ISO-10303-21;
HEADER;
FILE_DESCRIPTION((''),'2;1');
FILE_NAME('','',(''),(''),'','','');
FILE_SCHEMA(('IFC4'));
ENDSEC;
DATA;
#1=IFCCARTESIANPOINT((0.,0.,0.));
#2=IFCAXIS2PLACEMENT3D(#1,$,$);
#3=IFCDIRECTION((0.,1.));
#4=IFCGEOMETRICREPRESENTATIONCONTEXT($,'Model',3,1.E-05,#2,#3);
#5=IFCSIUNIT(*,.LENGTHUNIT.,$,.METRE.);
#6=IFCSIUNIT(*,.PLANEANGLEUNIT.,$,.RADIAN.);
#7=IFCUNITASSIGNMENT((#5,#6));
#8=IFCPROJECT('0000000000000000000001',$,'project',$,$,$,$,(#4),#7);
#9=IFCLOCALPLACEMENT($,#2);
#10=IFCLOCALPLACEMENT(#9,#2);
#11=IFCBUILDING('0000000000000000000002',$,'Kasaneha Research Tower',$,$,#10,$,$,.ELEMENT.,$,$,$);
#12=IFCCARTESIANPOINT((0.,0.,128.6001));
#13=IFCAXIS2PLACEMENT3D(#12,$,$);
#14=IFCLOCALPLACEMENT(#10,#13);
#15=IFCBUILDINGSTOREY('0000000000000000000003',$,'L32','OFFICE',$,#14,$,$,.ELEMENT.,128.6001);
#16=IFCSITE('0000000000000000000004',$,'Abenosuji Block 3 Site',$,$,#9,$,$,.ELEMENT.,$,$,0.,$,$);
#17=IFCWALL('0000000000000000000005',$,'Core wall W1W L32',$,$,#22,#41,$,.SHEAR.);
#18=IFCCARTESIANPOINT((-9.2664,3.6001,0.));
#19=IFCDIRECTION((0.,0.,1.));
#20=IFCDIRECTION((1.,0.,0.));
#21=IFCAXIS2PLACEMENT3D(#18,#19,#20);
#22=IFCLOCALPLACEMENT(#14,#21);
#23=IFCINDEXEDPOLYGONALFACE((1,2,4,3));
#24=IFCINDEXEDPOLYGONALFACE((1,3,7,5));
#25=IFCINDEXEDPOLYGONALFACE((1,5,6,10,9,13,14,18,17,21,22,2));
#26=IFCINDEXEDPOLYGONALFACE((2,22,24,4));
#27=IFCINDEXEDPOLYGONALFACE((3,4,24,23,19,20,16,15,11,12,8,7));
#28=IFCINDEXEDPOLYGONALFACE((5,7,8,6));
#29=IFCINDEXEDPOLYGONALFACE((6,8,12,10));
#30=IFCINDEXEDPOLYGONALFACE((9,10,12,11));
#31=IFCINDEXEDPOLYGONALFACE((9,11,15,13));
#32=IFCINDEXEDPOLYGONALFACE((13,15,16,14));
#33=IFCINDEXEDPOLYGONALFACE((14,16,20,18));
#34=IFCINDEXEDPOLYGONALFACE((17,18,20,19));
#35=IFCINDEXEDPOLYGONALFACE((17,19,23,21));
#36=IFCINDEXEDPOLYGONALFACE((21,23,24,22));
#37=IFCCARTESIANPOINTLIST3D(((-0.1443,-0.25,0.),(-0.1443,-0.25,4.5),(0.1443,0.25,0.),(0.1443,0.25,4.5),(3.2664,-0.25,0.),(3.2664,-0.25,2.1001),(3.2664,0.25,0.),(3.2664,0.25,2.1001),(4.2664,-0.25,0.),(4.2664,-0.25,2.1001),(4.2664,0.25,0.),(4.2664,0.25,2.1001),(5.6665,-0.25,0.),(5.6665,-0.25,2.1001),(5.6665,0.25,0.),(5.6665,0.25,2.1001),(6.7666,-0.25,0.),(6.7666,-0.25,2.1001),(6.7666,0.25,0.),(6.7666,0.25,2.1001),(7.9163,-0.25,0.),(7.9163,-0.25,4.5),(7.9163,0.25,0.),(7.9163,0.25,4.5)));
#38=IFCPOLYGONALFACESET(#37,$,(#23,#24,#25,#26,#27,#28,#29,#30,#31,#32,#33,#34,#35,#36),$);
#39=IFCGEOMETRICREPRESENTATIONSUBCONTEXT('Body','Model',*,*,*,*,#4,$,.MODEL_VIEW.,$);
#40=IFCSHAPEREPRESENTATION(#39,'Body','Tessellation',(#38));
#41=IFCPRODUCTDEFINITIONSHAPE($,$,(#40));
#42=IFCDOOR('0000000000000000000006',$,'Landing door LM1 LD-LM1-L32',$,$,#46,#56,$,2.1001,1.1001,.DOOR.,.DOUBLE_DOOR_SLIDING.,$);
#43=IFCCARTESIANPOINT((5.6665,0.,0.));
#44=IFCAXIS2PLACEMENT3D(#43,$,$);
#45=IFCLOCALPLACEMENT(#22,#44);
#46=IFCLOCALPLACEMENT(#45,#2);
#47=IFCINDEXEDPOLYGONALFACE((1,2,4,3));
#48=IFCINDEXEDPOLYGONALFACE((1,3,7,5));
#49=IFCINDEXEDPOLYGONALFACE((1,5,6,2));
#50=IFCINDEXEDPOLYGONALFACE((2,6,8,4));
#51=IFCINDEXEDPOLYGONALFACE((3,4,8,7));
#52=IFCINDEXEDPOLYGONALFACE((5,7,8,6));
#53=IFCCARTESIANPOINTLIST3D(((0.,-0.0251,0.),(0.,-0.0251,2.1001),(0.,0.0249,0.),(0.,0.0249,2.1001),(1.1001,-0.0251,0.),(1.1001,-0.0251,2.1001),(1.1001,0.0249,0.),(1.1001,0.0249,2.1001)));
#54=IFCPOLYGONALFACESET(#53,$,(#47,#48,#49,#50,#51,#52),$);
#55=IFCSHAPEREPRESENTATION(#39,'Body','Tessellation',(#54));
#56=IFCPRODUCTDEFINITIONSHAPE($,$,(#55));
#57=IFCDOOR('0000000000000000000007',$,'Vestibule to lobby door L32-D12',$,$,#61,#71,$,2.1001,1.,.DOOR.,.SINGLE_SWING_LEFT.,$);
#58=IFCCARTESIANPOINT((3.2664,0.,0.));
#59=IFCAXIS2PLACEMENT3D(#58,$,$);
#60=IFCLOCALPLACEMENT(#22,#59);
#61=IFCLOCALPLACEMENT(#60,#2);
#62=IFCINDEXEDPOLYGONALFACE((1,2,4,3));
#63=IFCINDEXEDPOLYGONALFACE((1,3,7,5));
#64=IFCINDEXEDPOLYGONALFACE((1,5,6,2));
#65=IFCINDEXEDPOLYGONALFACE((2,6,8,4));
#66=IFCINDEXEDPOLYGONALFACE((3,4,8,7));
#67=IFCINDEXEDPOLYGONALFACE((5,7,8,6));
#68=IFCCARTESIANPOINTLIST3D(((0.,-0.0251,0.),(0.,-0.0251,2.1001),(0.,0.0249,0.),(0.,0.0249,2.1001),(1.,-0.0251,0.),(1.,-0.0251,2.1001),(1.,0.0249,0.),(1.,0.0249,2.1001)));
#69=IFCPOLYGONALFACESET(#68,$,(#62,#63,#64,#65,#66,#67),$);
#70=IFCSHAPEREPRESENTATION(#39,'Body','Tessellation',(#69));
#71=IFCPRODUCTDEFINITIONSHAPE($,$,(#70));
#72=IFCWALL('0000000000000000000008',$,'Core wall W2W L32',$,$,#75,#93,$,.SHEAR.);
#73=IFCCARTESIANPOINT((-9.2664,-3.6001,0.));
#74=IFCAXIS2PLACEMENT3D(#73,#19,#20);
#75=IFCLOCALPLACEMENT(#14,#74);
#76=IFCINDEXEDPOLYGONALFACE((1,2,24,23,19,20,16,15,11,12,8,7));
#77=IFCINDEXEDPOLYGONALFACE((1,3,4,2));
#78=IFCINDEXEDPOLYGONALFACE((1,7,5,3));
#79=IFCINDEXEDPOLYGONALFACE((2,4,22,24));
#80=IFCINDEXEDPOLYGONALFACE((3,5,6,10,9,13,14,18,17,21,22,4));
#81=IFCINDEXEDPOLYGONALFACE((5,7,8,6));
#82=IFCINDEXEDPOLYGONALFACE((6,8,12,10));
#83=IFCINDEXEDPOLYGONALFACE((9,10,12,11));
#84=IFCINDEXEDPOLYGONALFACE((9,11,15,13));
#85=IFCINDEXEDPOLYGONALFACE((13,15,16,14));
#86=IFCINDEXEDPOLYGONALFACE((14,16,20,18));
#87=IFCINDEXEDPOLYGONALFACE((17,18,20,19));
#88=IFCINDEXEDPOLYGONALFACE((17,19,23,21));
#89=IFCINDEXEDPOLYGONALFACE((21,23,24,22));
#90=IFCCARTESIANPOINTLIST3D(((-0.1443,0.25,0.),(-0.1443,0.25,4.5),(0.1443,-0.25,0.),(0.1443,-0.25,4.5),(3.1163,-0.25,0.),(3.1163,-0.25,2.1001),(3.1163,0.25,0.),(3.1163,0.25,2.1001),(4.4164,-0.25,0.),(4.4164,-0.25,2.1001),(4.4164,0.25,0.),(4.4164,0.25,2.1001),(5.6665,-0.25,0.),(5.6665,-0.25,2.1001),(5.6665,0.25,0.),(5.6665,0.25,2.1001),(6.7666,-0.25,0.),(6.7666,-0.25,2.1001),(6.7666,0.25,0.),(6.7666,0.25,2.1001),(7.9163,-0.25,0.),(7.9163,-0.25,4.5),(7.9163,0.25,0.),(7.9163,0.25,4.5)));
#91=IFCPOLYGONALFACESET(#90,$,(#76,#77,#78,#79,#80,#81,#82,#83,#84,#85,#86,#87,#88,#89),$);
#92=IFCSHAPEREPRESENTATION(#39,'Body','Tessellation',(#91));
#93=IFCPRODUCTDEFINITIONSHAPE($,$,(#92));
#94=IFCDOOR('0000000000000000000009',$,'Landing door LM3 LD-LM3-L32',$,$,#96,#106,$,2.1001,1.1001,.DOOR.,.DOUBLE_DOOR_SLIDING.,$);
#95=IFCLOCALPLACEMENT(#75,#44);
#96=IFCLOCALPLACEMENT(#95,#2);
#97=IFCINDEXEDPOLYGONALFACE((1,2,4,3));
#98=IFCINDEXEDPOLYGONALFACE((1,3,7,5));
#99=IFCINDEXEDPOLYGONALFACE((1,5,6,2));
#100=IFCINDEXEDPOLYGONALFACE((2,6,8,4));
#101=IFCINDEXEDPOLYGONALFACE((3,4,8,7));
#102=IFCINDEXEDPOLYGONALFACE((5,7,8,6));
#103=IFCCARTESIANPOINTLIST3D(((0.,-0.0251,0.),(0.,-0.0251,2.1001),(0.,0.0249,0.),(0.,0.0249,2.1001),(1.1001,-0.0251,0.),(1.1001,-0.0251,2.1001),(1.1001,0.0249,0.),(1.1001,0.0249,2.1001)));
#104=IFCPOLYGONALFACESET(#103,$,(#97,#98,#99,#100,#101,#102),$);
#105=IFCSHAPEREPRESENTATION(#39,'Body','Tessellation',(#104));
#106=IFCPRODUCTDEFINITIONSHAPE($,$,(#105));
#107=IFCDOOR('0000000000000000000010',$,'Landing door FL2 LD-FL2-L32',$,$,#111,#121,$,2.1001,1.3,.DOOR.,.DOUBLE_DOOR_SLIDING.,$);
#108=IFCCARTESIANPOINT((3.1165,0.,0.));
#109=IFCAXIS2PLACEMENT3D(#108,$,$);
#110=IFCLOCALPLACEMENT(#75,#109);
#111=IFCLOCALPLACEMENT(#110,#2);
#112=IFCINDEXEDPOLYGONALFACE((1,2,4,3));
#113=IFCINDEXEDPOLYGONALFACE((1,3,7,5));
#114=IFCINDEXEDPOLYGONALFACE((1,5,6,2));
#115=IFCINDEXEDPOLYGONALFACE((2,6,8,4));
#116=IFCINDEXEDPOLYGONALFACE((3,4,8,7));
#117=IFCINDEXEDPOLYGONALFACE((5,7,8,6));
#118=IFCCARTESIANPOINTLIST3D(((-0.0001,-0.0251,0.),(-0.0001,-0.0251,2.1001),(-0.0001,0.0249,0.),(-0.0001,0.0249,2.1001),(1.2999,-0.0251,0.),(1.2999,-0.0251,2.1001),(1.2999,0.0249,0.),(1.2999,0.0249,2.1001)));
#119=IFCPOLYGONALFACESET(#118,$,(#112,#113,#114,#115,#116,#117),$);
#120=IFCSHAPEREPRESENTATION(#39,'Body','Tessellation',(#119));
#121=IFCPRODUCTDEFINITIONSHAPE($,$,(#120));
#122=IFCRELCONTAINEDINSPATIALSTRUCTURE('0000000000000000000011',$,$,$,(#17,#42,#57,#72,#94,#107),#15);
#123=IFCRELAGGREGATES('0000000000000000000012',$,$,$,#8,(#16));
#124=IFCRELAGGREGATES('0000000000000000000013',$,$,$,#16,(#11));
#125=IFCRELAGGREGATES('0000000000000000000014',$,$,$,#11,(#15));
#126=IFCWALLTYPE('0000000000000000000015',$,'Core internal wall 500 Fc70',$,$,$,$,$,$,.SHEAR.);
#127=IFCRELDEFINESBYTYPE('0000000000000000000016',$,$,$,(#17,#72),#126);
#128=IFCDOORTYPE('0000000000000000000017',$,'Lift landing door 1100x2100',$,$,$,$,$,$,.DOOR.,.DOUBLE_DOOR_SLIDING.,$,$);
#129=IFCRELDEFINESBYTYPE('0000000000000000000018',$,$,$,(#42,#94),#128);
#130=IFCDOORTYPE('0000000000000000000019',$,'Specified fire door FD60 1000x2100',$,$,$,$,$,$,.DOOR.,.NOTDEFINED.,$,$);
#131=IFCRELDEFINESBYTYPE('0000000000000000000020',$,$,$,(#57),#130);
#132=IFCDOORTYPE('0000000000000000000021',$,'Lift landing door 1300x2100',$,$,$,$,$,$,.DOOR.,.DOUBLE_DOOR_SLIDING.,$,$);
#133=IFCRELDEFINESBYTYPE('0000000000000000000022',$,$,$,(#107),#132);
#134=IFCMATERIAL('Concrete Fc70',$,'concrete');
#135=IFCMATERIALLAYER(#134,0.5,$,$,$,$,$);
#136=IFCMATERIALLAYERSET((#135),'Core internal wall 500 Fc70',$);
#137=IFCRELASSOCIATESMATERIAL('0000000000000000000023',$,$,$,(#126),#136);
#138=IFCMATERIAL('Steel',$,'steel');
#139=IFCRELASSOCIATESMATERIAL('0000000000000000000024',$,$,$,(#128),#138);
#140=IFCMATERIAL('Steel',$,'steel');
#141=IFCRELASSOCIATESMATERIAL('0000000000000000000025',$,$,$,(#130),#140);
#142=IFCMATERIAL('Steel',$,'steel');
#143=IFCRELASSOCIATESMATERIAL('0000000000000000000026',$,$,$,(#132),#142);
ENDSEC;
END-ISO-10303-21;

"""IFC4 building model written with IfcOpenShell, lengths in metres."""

from ifc_helpers import new_model, si_unit, direction, frame, frame_2d, origin, place, context, subcontext, project, spatial, polyline, rectangle, outline, extrude, material, layer, layer_set, type_object, element, fill, save


model = new_model("IFC4")

# Units and contexts
model_context = context("Model", 3, precision=1e-05, world=origin(), true_north=direction((0.0, 1.0)))
body_context = subcontext(model_context, "Body", "Model", "MODEL_VIEW")
ifc_project = project(units=[si_unit("LENGTHUNIT", "METRE"), si_unit("PLANEANGLEUNIT", "RADIAN")], contexts=[model_context])

# Site, building, storey
site_placement = place(None, origin())
site = spatial("IfcSite", under=ifc_project, at=site_placement, Name="Abenosuji Block 3 Site", CompositionType="ELEMENT", RefElevation=0.0)
building_placement = place(site_placement, origin())
building = spatial("IfcBuilding", under=site, at=building_placement, Name="Kasaneha Research Tower", CompositionType="ELEMENT")
storey_placement = place(building_placement, frame((0.0, 0.0, 128.6001)))
storey = spatial("IfcBuildingStorey", under=building, at=storey_placement, Name="L32", Description="OFFICE", CompositionType="ELEMENT", Elevation=128.6001)

# Walls, openings, doors
ifc_material_1 = material(Name="Concrete Fc70", Category="concrete")
ifc_layer_1 = layer(ifc_material_1, 0.5)
ifc_layer_set_1 = layer_set([ifc_layer_1], Name="Core internal wall 500 Fc70")
wall_type_1 = type_object("IfcWallType", Name="Core internal wall 500 Fc70", PredefinedType="SHEAR", material=ifc_layer_set_1)
wall_1_placement = place(storey_placement, frame((-9.2664, 3.6001, 0.0), z_axis=(0.0, 0.0, 1.0), x_axis=(1.0, 0.0, 0.0)))
wall_1 = element("IfcWall", 1, at=wall_1_placement, inside=storey, type_object=wall_type_1, Name="Core wall W1W L32", PredefinedType="SHEAR", context=body_context, shape_type="SweptSolid", body=[
    extrude(outline(polyline([(-0.1443, -0.25), (3.2664, -0.25), (4.2664, -0.25), (5.6665, -0.25), (6.7666, -0.25), (7.9163, -0.25), (7.9163, 0.25), (6.7666, 0.25), (5.6665, 0.25), (4.2664, 0.25), (3.2664, 0.25), (0.1443, 0.25), (-0.1443, -0.25)])), origin(), (0.0, 0.0, 1.0), 4.5),
])
opening_1_placement = place(wall_1_placement, frame((3.2664, 0.0, 0.0)))
opening_1 = element("IfcOpeningElement", 2, at=opening_1_placement, cuts=wall_1, PredefinedType="OPENING", context=body_context, shape_type="SweptSolid", body=[
    extrude(rectangle(XDim=1.0, YDim=2.1001, at=frame_2d((0.5, 1.05))), frame((0.0, 0.26, 0.0), z_axis=(0.0, -1.0, 0.0), x_axis=(1.0, 0.0, 0.0)), (0.0, 0.0, 1.0), 0.52),
])
opening_2_placement = place(wall_1_placement, frame((5.6665, 0.0, 0.0)))
opening_2 = element("IfcOpeningElement", 3, at=opening_2_placement, cuts=wall_1, PredefinedType="OPENING", context=body_context, shape_type="SweptSolid", body=[
    extrude(rectangle(XDim=1.1001, YDim=2.1001, at=frame_2d((0.55, 1.05))), frame((0.0, 0.26, 0.0), z_axis=(0.0, -1.0, 0.0), x_axis=(1.0, 0.0, 0.0)), (0.0, 0.0, 1.0), 0.52),
])
ifc_material_2 = material(Name="Steel", Category="steel")
door_type_1 = type_object("IfcDoorType", Name="Lift landing door 1100x2100", OperationType="DOUBLE_DOOR_SLIDING", PredefinedType="DOOR", material=ifc_material_2)
door_1_placement = place(opening_2_placement, origin())
door_1 = element("IfcDoor", 4, at=door_1_placement, inside=storey, type_object=door_type_1, Name="Landing door LM1 LD-LM1-L32", OperationType="DOUBLE_DOOR_SLIDING", OverallHeight=2.1001, OverallWidth=1.1001, PredefinedType="DOOR", context=body_context, shape_type="SweptSolid", body=[
    extrude(rectangle(XDim=1.1001, YDim=2.1001, at=frame_2d((0.55, 1.05))), frame((0.0, 0.0249, 0.0), z_axis=(0.0, -1.0, 0.0), x_axis=(1.0, 0.0, 0.0)), (0.0, 0.0, 1.0), 0.05),
])
fill(opening_2, door_1)
ifc_material_3 = material(Name="Steel", Category="steel")
door_type_2 = type_object("IfcDoorType", Name="Specified fire door FD60 1000x2100", OperationType="NOTDEFINED", PredefinedType="DOOR", material=ifc_material_3)
door_2_placement = place(opening_1_placement, origin())
door_2 = element("IfcDoor", 5, at=door_2_placement, inside=storey, type_object=door_type_2, Name="Vestibule to lobby door L32-D12", OperationType="SINGLE_SWING_LEFT", OverallHeight=2.1001, OverallWidth=1.0, PredefinedType="DOOR", context=body_context, shape_type="SweptSolid", body=[
    extrude(rectangle(XDim=1.0, YDim=2.1001, at=frame_2d((0.5, 1.05))), frame((0.0, 0.0249, 0.0), z_axis=(0.0, -1.0, 0.0), x_axis=(1.0, 0.0, 0.0)), (0.0, 0.0, 1.0), 0.05),
])
fill(opening_1, door_2)
wall_2_placement = place(storey_placement, frame((-9.2664, -3.6001, 0.0), z_axis=(0.0, 0.0, 1.0), x_axis=(1.0, 0.0, 0.0)))
wall_2 = element("IfcWall", 6, at=wall_2_placement, inside=storey, type_object=wall_type_1, Name="Core wall W2W L32", PredefinedType="SHEAR", context=body_context, shape_type="SweptSolid", body=[
    extrude(outline(polyline([(0.1443, -0.25), (3.1165, -0.25), (4.4165, -0.25), (5.6665, -0.25), (6.7666, -0.25), (7.9163, -0.25), (7.9163, 0.25), (6.7666, 0.25), (5.6665, 0.25), (4.4165, 0.25), (3.1165, 0.25), (-0.1443, 0.25), (0.1443, -0.25)])), origin(), (0.0, 0.0, 1.0), 4.5),
])
opening_3_placement = place(wall_2_placement, frame((5.6665, 0.0, 0.0)))
opening_3 = element("IfcOpeningElement", 7, at=opening_3_placement, cuts=wall_2, PredefinedType="OPENING", context=body_context, shape_type="SweptSolid", body=[
    extrude(rectangle(XDim=1.1001, YDim=2.1001, at=frame_2d((0.55, 1.05))), frame((0.0, 0.26, 0.0), z_axis=(0.0, -1.0, 0.0), x_axis=(1.0, 0.0, 0.0)), (0.0, 0.0, 1.0), 0.52),
])
opening_4_placement = place(wall_2_placement, frame((3.1165, 0.0, 0.0)))
opening_4 = element("IfcOpeningElement", 8, at=opening_4_placement, cuts=wall_2, PredefinedType="OPENING", context=body_context, shape_type="SweptSolid", body=[
    extrude(rectangle(XDim=1.3, YDim=2.1001, at=frame_2d((0.6499, 1.05))), frame((0.0, 0.26, 0.0), z_axis=(0.0, -1.0, 0.0), x_axis=(1.0, 0.0, 0.0)), (0.0, 0.0, 1.0), 0.52),
])
door_3_placement = place(opening_3_placement, origin())
door_3 = element("IfcDoor", 9, at=door_3_placement, inside=storey, type_object=door_type_1, Name="Landing door LM3 LD-LM3-L32", OperationType="DOUBLE_DOOR_SLIDING", OverallHeight=2.1001, OverallWidth=1.1001, PredefinedType="DOOR", context=body_context, shape_type="SweptSolid", body=[
    extrude(rectangle(XDim=1.1001, YDim=2.1001, at=frame_2d((0.55, 1.05))), frame((0.0, 0.0249, 0.0), z_axis=(0.0, -1.0, 0.0), x_axis=(1.0, 0.0, 0.0)), (0.0, 0.0, 1.0), 0.05),
])
fill(opening_3, door_3)
ifc_material_4 = material(Name="Steel", Category="steel")
door_type_3 = type_object("IfcDoorType", Name="Lift landing door 1300x2100", OperationType="DOUBLE_DOOR_SLIDING", PredefinedType="DOOR", material=ifc_material_4)
door_4_placement = place(opening_4_placement, origin())
door_4 = element("IfcDoor", 10, at=door_4_placement, inside=storey, type_object=door_type_3, Name="Landing door FL2 LD-FL2-L32", OperationType="DOUBLE_DOOR_SLIDING", OverallHeight=2.1001, OverallWidth=1.3, PredefinedType="DOOR", context=body_context, shape_type="SweptSolid", body=[
    extrude(rectangle(XDim=1.3, YDim=2.1001, at=frame_2d((0.6499, 1.05))), frame((0.0, 0.0249, 0.0), z_axis=(0.0, -1.0, 0.0), x_axis=(1.0, 0.0, 0.0)), (0.0, 0.0, 1.0), 0.05),
])
fill(opening_4, door_4)

save(model, "model.ifc")
